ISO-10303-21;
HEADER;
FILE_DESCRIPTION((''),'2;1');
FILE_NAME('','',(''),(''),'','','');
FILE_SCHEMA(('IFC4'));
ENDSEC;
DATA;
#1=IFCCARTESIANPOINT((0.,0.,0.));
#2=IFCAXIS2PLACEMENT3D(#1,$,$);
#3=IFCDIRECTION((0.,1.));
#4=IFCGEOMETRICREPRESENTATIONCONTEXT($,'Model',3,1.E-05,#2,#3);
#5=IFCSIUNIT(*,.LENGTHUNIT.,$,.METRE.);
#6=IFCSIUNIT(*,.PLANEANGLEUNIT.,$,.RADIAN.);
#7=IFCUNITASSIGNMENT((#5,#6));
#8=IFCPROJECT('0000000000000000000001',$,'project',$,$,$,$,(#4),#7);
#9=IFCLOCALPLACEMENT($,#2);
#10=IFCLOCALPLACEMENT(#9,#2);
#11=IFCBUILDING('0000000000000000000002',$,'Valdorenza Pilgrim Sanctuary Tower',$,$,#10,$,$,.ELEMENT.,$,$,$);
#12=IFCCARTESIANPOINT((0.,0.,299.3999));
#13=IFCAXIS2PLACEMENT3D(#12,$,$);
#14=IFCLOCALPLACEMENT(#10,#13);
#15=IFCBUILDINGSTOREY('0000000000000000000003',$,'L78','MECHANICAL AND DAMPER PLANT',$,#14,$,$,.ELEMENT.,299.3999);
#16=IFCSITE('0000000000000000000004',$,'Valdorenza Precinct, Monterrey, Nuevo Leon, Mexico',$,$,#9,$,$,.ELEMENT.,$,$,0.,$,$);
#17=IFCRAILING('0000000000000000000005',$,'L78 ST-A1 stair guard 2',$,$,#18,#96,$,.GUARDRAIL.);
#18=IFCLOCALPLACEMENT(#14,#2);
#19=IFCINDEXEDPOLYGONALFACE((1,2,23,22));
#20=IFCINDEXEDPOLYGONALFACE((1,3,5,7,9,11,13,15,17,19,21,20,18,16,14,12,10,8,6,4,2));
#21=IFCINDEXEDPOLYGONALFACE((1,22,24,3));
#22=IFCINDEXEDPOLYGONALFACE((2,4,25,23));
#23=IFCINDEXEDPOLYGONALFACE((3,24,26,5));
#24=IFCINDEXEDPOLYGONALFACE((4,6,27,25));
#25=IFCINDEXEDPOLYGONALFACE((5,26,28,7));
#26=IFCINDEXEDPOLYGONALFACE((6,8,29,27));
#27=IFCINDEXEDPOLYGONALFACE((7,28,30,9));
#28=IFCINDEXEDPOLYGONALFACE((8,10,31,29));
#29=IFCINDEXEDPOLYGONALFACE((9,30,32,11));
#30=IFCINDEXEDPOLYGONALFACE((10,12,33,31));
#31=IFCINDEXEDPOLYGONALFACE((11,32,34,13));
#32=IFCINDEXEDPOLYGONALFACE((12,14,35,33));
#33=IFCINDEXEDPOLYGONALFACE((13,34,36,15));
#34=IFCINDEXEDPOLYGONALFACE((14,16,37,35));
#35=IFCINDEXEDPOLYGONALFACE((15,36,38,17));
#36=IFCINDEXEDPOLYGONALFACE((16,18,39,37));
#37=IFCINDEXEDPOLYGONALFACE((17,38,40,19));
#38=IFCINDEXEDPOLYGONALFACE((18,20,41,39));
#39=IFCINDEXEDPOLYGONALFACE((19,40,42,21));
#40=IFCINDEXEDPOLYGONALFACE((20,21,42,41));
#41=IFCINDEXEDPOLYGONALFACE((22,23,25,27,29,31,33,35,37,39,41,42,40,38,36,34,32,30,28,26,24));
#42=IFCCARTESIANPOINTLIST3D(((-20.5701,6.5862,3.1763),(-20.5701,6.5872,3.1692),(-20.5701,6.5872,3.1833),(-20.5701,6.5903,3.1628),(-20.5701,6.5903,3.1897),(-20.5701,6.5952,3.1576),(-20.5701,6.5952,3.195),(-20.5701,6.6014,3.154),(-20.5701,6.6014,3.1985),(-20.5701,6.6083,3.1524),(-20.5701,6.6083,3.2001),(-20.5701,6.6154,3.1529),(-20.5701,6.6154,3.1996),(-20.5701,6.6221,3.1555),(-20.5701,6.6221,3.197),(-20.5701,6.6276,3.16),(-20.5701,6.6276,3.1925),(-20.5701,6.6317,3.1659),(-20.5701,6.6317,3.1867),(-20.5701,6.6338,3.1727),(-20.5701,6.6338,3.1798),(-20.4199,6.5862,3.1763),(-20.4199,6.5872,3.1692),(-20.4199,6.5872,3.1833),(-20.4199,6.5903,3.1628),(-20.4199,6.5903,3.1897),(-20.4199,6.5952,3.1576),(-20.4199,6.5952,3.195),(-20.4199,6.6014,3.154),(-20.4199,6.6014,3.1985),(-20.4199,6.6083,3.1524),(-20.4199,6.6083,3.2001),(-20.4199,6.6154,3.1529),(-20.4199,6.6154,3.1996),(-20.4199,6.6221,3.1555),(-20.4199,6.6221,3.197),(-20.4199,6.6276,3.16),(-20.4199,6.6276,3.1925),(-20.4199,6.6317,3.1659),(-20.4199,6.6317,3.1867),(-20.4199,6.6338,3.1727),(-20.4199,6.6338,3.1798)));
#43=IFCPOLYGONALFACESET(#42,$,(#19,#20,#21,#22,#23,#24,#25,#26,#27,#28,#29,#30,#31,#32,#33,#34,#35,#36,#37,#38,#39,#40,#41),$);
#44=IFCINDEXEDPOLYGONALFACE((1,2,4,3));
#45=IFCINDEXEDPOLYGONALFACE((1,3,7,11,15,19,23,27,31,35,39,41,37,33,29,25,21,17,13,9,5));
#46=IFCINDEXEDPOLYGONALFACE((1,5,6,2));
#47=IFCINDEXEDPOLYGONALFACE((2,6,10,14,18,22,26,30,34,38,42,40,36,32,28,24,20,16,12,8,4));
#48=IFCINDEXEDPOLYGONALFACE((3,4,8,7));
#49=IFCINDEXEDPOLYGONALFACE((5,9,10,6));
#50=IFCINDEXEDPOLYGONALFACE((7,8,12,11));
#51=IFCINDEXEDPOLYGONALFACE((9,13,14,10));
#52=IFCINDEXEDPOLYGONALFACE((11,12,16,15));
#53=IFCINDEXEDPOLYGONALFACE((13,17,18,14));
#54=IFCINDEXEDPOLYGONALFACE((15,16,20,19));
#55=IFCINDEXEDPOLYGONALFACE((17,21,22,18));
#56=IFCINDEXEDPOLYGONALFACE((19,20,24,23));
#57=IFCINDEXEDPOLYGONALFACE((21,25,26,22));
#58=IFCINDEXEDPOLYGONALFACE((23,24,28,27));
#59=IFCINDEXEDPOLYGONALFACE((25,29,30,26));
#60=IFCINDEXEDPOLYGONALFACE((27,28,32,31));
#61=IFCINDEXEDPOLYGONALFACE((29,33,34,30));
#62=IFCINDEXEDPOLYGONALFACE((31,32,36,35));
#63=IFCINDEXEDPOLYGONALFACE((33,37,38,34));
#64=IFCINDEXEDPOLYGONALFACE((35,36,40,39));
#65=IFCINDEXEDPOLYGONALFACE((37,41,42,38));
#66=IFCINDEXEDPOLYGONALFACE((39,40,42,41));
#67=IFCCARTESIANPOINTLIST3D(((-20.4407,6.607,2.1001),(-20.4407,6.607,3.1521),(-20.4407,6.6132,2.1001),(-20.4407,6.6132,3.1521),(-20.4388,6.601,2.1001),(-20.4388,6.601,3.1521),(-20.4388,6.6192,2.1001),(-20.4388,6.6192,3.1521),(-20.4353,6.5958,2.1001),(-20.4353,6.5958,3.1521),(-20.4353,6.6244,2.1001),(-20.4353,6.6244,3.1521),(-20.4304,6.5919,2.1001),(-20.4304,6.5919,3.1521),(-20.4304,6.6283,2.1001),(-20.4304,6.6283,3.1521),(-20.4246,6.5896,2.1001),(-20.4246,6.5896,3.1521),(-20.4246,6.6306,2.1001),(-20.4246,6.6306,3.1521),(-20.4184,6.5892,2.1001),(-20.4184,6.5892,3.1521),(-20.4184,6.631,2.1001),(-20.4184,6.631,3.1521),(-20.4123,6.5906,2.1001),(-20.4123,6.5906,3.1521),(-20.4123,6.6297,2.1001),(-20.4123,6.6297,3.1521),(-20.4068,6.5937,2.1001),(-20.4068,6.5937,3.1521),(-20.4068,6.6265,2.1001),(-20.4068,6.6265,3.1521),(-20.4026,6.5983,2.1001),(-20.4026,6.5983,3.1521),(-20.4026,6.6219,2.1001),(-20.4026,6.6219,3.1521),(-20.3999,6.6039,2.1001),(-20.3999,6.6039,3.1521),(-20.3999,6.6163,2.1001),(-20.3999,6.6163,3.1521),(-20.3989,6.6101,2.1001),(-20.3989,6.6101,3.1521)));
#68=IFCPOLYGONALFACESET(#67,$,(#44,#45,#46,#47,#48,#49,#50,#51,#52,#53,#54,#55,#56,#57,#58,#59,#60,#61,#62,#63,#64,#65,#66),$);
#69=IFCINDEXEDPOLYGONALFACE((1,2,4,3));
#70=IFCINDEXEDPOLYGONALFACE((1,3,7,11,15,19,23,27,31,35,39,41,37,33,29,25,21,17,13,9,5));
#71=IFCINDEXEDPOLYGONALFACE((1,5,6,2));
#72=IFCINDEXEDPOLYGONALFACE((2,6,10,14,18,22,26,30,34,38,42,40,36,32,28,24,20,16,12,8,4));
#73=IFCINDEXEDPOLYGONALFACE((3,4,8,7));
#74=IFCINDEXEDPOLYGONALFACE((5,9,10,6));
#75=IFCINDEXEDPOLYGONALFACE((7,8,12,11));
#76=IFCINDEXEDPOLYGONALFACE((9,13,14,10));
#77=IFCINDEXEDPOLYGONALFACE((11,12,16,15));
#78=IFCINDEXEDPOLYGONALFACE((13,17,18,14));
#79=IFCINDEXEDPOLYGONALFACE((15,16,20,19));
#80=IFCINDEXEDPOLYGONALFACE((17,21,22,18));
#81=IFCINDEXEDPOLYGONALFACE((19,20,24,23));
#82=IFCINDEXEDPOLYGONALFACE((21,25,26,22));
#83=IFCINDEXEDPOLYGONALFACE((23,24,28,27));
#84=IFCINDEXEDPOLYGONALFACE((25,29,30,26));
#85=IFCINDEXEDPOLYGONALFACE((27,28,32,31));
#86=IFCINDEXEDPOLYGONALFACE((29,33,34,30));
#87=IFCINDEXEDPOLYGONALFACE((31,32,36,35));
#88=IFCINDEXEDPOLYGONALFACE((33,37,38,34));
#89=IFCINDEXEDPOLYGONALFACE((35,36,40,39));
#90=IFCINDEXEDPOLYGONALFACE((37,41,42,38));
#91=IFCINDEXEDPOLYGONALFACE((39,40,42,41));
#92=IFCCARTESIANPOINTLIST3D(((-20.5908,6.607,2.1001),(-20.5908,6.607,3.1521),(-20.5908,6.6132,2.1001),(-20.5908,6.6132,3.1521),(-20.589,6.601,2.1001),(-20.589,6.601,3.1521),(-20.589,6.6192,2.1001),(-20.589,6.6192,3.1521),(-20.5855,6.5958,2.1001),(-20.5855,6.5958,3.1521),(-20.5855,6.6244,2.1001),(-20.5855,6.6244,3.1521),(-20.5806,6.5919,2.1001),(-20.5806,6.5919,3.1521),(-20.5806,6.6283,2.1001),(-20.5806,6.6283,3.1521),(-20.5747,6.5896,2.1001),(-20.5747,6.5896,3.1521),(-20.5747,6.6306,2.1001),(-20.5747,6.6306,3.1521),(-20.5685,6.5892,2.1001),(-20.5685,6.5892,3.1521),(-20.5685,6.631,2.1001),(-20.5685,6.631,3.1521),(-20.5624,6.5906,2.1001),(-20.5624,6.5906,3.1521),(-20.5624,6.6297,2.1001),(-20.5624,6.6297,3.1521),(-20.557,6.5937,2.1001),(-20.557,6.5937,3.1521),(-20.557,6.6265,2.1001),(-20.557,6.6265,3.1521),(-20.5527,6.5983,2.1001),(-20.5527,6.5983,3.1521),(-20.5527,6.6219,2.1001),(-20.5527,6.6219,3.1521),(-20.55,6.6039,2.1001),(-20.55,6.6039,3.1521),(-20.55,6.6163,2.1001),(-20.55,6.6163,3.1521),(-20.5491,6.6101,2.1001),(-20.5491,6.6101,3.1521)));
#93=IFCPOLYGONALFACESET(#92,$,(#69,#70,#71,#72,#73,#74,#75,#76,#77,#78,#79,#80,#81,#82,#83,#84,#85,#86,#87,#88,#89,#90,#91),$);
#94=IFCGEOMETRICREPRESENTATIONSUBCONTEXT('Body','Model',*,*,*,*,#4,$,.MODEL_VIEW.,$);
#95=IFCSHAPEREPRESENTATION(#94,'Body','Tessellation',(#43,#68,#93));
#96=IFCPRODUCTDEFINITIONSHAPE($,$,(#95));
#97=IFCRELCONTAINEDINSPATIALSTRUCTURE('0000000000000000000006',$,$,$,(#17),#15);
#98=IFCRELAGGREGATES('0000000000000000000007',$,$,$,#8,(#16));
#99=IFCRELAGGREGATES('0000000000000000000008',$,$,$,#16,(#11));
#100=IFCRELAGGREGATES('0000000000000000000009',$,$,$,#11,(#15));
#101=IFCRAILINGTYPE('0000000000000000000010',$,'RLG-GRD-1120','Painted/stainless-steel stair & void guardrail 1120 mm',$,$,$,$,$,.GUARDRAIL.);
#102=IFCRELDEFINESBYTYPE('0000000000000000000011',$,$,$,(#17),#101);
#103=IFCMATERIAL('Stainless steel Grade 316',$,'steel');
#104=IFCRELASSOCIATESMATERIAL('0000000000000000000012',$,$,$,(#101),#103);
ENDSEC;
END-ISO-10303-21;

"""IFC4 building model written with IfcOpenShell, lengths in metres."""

from ifc_helpers import new_model, si_unit, direction, frame, origin, origin_2d, place, context, subcontext, project, spatial, circle, extrude, material, type_object, element, save


model = new_model("IFC4")

# Units and contexts
model_context = context("Model", 3, precision=1e-05, world=origin(), true_north=direction((0.0, 1.0)))
body_context = subcontext(model_context, "Body", "Model", "MODEL_VIEW")
ifc_project = project(units=[si_unit("LENGTHUNIT", "METRE"), si_unit("PLANEANGLEUNIT", "RADIAN")], contexts=[model_context])

# Site, building, storey
site_placement = place(None, origin())
site = spatial("IfcSite", under=ifc_project, at=site_placement, Name="Valdorenza Precinct, Monterrey, Nuevo Leon, Mexico", CompositionType="ELEMENT", RefElevation=0.0)
building_placement = place(site_placement, origin())
building = spatial("IfcBuilding", under=site, at=building_placement, Name="Valdorenza Pilgrim Sanctuary Tower", CompositionType="ELEMENT")
storey_placement = place(building_placement, frame((0.0, 0.0, 299.3999)))
storey = spatial("IfcBuildingStorey", under=building, at=storey_placement, Name="L78", Description="MECHANICAL AND DAMPER PLANT", CompositionType="ELEMENT", Elevation=299.3999)

# Railing
ifc_material_1 = material(Name="Stainless steel Grade 316", Category="steel")
railing_type_1 = type_object("IfcRailingType", Name="RLG-GRD-1120", Description="Painted/stainless-steel stair & void guardrail 1120 mm", PredefinedType="GUARDRAIL", material=ifc_material_1)
railing_1_placement = place(storey_placement, frame((-20.4199, 6.6101, 2.1001)))
element("IfcRailing", 1, at=railing_1_placement, inside=storey, type_object=railing_type_1, Name="L78 ST-A1 stair guard 2", PredefinedType="GUARDRAIL", context=body_context, shape_type="SweptSolid", body=[
    extrude(circle(Radius=0.0239, at=origin_2d()), frame((0.0, 0.0, 1.0762), z_axis=(-1.0, 0.0, 0.0), x_axis=(0.0, -1.0, 0.0)), (0.0, 0.0, 1.0), 0.1501),
    extrude(circle(Radius=0.021, at=origin_2d()), origin(), (0.0, 0.0, 1.0), 1.052),
    extrude(circle(Radius=0.021, at=origin_2d()), frame((-0.1501, 0.0, 0.0)), (0.0, 0.0, 1.0), 1.052),
])

save(model, "model.ifc")
